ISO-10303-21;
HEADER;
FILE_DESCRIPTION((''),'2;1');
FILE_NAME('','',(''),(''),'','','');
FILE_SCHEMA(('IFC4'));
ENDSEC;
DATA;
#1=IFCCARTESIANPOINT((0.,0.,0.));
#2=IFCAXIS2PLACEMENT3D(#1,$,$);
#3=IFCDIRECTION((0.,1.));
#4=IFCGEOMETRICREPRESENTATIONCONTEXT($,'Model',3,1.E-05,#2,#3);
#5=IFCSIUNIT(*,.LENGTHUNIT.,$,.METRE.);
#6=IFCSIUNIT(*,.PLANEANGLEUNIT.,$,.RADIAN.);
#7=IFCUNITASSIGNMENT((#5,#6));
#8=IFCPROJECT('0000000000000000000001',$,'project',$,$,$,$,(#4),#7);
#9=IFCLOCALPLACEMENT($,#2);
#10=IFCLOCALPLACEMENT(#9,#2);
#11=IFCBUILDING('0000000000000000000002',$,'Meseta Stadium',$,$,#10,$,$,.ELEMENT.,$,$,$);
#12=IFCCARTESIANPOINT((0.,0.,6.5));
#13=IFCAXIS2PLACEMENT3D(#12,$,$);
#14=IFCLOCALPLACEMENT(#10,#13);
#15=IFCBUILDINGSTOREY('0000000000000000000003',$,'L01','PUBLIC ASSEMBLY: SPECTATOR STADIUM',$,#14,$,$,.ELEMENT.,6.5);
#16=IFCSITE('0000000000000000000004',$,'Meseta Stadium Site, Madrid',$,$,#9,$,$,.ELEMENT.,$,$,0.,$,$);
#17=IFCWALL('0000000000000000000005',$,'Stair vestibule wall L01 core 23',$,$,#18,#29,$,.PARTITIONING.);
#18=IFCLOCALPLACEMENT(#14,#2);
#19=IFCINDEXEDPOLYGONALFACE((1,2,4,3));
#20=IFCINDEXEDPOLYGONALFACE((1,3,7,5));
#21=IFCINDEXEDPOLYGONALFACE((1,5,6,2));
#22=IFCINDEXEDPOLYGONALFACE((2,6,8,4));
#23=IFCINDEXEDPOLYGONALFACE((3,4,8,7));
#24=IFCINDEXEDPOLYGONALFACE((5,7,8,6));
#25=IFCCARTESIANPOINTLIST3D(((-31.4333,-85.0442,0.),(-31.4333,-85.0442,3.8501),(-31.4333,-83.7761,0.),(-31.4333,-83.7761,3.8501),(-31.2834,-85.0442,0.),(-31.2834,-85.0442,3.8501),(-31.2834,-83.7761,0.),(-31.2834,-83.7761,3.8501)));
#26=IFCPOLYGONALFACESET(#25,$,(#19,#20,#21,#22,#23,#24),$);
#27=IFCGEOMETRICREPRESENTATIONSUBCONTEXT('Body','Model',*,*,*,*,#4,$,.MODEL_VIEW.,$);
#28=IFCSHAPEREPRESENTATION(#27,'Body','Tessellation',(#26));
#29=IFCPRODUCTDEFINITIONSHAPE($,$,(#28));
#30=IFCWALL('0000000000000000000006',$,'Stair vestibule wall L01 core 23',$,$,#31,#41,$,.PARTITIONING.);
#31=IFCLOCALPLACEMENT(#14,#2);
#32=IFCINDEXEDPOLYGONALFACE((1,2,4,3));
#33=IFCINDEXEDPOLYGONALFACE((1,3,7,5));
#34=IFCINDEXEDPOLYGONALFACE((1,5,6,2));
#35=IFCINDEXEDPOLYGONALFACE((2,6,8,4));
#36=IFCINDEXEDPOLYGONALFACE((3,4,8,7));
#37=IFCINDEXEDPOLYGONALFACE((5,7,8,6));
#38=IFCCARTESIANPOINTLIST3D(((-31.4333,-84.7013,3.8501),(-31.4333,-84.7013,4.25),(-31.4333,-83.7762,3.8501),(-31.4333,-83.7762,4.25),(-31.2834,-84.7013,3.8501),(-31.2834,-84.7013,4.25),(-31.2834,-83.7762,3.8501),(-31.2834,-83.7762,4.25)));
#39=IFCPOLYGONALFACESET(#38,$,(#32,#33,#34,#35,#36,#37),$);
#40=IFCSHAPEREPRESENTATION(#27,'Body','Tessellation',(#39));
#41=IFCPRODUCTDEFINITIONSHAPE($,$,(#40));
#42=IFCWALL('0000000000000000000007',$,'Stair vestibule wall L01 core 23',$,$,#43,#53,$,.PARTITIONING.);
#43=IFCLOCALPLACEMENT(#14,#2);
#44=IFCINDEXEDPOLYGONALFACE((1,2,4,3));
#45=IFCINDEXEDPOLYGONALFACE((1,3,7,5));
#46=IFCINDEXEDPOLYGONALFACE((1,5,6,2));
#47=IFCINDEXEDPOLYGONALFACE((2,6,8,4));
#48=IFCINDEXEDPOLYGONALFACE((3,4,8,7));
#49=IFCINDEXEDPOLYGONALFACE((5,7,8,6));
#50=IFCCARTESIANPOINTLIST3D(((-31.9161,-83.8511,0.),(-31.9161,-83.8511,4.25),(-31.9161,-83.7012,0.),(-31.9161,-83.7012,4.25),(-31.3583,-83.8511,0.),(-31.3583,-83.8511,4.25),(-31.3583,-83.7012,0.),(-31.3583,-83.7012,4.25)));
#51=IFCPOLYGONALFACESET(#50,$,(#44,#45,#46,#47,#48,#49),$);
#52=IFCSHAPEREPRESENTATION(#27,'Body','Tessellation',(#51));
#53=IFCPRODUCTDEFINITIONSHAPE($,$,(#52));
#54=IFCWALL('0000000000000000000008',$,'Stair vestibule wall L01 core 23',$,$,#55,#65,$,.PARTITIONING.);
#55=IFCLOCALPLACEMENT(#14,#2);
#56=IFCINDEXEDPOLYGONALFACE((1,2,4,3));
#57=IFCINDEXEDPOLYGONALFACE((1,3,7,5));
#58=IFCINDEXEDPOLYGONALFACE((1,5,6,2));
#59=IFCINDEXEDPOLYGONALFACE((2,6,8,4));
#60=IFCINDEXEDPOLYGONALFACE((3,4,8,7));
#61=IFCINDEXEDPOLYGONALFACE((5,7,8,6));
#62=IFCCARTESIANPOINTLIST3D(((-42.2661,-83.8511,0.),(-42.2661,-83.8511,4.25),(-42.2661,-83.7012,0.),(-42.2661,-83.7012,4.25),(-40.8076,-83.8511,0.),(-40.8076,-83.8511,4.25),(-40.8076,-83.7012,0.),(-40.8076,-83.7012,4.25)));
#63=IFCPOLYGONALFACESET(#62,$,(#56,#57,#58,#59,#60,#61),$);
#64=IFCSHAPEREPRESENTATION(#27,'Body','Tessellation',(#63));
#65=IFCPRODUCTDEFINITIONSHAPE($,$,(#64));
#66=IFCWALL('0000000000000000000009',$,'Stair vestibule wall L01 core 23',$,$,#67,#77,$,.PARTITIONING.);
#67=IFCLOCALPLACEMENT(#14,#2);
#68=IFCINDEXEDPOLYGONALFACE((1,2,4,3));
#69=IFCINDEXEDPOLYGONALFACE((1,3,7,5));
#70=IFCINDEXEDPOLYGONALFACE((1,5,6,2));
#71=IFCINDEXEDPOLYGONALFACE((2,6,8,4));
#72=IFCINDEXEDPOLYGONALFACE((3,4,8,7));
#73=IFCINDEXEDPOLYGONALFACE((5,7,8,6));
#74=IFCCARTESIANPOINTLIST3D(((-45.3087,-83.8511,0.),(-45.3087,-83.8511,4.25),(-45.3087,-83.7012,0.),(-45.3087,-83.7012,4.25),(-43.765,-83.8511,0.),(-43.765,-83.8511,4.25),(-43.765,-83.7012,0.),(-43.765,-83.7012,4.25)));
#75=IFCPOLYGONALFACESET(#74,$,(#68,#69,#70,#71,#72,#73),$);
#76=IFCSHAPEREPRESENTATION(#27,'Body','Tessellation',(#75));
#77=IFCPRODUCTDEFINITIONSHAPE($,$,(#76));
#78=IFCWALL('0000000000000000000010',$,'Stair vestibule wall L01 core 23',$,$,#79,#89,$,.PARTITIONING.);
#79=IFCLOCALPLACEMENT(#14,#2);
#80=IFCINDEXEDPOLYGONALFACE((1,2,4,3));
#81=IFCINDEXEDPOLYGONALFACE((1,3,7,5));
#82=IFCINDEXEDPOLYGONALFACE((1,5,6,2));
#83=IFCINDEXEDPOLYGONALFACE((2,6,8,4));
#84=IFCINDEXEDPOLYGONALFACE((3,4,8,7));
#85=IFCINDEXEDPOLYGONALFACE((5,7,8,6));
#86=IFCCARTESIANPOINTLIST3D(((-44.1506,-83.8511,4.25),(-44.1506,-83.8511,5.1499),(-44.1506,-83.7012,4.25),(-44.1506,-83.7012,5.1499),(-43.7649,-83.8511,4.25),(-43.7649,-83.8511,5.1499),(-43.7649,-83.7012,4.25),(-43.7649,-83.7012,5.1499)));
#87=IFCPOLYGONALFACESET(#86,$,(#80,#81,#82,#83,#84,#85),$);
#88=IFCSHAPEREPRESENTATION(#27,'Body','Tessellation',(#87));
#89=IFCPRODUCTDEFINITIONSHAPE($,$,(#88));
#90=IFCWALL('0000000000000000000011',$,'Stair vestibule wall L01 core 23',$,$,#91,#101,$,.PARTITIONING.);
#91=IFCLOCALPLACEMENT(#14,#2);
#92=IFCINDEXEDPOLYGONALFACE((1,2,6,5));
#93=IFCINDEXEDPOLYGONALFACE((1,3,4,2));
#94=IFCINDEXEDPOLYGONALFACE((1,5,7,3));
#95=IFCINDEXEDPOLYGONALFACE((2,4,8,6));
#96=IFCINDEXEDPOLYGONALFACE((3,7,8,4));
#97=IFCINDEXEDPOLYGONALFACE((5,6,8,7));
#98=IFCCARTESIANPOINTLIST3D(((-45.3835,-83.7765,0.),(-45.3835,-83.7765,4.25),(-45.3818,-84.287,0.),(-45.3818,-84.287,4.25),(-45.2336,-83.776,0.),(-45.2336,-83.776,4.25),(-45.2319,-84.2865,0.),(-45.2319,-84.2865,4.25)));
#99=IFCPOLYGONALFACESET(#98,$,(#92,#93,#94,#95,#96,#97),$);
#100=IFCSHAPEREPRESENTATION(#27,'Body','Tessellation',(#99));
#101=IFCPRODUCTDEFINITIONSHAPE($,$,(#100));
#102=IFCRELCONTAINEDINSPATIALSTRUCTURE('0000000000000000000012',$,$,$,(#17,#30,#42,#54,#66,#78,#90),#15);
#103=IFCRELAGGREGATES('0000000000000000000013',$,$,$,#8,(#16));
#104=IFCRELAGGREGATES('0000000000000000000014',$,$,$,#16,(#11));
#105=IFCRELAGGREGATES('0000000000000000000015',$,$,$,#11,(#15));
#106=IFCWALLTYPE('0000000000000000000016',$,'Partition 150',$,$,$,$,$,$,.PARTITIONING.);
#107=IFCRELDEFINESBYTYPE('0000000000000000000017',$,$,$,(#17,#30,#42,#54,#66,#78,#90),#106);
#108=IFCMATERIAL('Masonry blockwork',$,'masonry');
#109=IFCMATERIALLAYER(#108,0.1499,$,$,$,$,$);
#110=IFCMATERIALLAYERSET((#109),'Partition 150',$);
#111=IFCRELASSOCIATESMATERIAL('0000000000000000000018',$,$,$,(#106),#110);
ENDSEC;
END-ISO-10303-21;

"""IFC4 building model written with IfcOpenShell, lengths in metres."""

from ifc_helpers import new_model, si_unit, direction, frame, frame_2d, origin, place, context, subcontext, project, spatial, rectangle, extrude, material, layer, layer_set, type_object, element, save


model = new_model("IFC4")

# Units and contexts
model_context = context("Model", 3, precision=1e-05, world=origin(), true_north=direction((0.0, 1.0)))
body_context = subcontext(model_context, "Body", "Model", "MODEL_VIEW")
ifc_project = project(units=[si_unit("LENGTHUNIT", "METRE"), si_unit("PLANEANGLEUNIT", "RADIAN")], contexts=[model_context])

# Site, building, storey
site_placement = place(None, origin())
site = spatial("IfcSite", under=ifc_project, at=site_placement, Name="Meseta Stadium Site, Madrid", CompositionType="ELEMENT", RefElevation=0.0)
building_placement = place(site_placement, origin())
building = spatial("IfcBuilding", under=site, at=building_placement, Name="Meseta Stadium", CompositionType="ELEMENT")
storey_placement = place(building_placement, frame((0.0, 0.0, 6.5)))
storey = spatial("IfcBuildingStorey", under=building, at=storey_placement, Name="L01", Description="PUBLIC ASSEMBLY: SPECTATOR STADIUM", CompositionType="ELEMENT", Elevation=6.5)

# Walls
ifc_material_1 = material(Name="Masonry blockwork", Category="masonry")
ifc_layer_1 = layer(ifc_material_1, 0.1499)
ifc_layer_set_1 = layer_set([ifc_layer_1], Name="Partition 150")
wall_type = type_object("IfcWallType", Name="Partition 150", PredefinedType="PARTITIONING", material=ifc_layer_set_1)
wall_1_placement = place(storey_placement, frame((-31.3584, -85.0442, 0.0), z_axis=(0.0, 0.0, 1.0), x_axis=(0.0, 1.0, 0.0)))
element("IfcWall", 1, at=wall_1_placement, inside=storey, type_object=wall_type, Name="Stair vestibule wall L01 core 23", PredefinedType="PARTITIONING", context=body_context, shape_type="SweptSolid", body=[
    extrude(rectangle(XDim=1.2681, YDim=0.1499, at=frame_2d((0.634, 0.0))), origin(), (0.0, 0.0, 1.0), 3.8501),
])
wall_2_placement = place(storey_placement, frame((-31.3584, -84.7012, 3.8501), z_axis=(0.0, 0.0, 1.0), x_axis=(0.0, 1.0, 0.0)))
element("IfcWall", 2, at=wall_2_placement, inside=storey, type_object=wall_type, Name="Stair vestibule wall L01 core 23", PredefinedType="PARTITIONING", context=body_context, shape_type="SweptSolid", body=[
    extrude(rectangle(XDim=0.925, YDim=0.1499, at=frame_2d((0.4624, 0.0))), origin(), (0.0, 0.0, 1.0), 0.3999),
])
wall_3_placement = place(storey_placement, frame((-31.3584, -83.7761, 0.0), z_axis=(0.0, 0.0, 1.0), x_axis=(-1.0, 0.0, 0.0)))
element("IfcWall", 3, at=wall_3_placement, inside=storey, type_object=wall_type, Name="Stair vestibule wall L01 core 23", PredefinedType="PARTITIONING", context=body_context, shape_type="SweptSolid", body=[
    extrude(rectangle(XDim=0.5579, YDim=0.1499, at=frame_2d((0.2788, 0.0))), origin(), (0.0, 0.0, 1.0), 4.25),
])
wall_4_placement = place(storey_placement, frame((-40.8076, -83.7761, 0.0), z_axis=(0.0, 0.0, 1.0), x_axis=(-1.0, 0.0, 0.0)))
element("IfcWall", 4, at=wall_4_placement, inside=storey, type_object=wall_type, Name="Stair vestibule wall L01 core 23", PredefinedType="PARTITIONING", context=body_context, shape_type="SweptSolid", body=[
    extrude(rectangle(XDim=1.4585, YDim=0.1499, at=frame_2d((0.7292, 0.0))), origin(), (0.0, 0.0, 1.0), 4.25),
])
wall_5_placement = place(storey_placement, frame((-43.7649, -83.7761, 0.0), z_axis=(0.0, 0.0, 1.0), x_axis=(-1.0, 0.0, 0.0)))
element("IfcWall", 5, at=wall_5_placement, inside=storey, type_object=wall_type, Name="Stair vestibule wall L01 core 23", PredefinedType="PARTITIONING", context=body_context, shape_type="SweptSolid", body=[
    extrude(rectangle(XDim=1.5437, YDim=0.1499, at=frame_2d((0.772, 0.0))), origin(), (0.0, 0.0, 1.0), 4.25),
])
wall_6_placement = place(storey_placement, frame((-43.7649, -83.7761, 4.25), z_axis=(0.0, 0.0, 1.0), x_axis=(-1.0, 0.0, 0.0)))
element("IfcWall", 6, at=wall_6_placement, inside=storey, type_object=wall_type, Name="Stair vestibule wall L01 core 23", PredefinedType="PARTITIONING", context=body_context, shape_type="SweptSolid", body=[
    extrude(rectangle(XDim=0.3857, YDim=0.1499, at=frame_2d((0.1929, 0.0))), origin(), (0.0, 0.0, 1.0), 0.8999),
])
wall_7_placement = place(storey_placement, frame((-45.3086, -83.7761, 0.0), z_axis=(0.0, 0.0, 1.0), x_axis=(0.003348, -0.999994, 0.0)))
element("IfcWall", 7, at=wall_7_placement, inside=storey, type_object=wall_type, Name="Stair vestibule wall L01 core 23", PredefinedType="PARTITIONING", context=body_context, shape_type="SweptSolid", body=[
    extrude(rectangle(XDim=0.5105, YDim=0.1499, at=frame_2d((0.2554, 0.0))), origin(), (0.0, 0.0, 1.0), 4.25),
])

save(model, "model.ifc")
